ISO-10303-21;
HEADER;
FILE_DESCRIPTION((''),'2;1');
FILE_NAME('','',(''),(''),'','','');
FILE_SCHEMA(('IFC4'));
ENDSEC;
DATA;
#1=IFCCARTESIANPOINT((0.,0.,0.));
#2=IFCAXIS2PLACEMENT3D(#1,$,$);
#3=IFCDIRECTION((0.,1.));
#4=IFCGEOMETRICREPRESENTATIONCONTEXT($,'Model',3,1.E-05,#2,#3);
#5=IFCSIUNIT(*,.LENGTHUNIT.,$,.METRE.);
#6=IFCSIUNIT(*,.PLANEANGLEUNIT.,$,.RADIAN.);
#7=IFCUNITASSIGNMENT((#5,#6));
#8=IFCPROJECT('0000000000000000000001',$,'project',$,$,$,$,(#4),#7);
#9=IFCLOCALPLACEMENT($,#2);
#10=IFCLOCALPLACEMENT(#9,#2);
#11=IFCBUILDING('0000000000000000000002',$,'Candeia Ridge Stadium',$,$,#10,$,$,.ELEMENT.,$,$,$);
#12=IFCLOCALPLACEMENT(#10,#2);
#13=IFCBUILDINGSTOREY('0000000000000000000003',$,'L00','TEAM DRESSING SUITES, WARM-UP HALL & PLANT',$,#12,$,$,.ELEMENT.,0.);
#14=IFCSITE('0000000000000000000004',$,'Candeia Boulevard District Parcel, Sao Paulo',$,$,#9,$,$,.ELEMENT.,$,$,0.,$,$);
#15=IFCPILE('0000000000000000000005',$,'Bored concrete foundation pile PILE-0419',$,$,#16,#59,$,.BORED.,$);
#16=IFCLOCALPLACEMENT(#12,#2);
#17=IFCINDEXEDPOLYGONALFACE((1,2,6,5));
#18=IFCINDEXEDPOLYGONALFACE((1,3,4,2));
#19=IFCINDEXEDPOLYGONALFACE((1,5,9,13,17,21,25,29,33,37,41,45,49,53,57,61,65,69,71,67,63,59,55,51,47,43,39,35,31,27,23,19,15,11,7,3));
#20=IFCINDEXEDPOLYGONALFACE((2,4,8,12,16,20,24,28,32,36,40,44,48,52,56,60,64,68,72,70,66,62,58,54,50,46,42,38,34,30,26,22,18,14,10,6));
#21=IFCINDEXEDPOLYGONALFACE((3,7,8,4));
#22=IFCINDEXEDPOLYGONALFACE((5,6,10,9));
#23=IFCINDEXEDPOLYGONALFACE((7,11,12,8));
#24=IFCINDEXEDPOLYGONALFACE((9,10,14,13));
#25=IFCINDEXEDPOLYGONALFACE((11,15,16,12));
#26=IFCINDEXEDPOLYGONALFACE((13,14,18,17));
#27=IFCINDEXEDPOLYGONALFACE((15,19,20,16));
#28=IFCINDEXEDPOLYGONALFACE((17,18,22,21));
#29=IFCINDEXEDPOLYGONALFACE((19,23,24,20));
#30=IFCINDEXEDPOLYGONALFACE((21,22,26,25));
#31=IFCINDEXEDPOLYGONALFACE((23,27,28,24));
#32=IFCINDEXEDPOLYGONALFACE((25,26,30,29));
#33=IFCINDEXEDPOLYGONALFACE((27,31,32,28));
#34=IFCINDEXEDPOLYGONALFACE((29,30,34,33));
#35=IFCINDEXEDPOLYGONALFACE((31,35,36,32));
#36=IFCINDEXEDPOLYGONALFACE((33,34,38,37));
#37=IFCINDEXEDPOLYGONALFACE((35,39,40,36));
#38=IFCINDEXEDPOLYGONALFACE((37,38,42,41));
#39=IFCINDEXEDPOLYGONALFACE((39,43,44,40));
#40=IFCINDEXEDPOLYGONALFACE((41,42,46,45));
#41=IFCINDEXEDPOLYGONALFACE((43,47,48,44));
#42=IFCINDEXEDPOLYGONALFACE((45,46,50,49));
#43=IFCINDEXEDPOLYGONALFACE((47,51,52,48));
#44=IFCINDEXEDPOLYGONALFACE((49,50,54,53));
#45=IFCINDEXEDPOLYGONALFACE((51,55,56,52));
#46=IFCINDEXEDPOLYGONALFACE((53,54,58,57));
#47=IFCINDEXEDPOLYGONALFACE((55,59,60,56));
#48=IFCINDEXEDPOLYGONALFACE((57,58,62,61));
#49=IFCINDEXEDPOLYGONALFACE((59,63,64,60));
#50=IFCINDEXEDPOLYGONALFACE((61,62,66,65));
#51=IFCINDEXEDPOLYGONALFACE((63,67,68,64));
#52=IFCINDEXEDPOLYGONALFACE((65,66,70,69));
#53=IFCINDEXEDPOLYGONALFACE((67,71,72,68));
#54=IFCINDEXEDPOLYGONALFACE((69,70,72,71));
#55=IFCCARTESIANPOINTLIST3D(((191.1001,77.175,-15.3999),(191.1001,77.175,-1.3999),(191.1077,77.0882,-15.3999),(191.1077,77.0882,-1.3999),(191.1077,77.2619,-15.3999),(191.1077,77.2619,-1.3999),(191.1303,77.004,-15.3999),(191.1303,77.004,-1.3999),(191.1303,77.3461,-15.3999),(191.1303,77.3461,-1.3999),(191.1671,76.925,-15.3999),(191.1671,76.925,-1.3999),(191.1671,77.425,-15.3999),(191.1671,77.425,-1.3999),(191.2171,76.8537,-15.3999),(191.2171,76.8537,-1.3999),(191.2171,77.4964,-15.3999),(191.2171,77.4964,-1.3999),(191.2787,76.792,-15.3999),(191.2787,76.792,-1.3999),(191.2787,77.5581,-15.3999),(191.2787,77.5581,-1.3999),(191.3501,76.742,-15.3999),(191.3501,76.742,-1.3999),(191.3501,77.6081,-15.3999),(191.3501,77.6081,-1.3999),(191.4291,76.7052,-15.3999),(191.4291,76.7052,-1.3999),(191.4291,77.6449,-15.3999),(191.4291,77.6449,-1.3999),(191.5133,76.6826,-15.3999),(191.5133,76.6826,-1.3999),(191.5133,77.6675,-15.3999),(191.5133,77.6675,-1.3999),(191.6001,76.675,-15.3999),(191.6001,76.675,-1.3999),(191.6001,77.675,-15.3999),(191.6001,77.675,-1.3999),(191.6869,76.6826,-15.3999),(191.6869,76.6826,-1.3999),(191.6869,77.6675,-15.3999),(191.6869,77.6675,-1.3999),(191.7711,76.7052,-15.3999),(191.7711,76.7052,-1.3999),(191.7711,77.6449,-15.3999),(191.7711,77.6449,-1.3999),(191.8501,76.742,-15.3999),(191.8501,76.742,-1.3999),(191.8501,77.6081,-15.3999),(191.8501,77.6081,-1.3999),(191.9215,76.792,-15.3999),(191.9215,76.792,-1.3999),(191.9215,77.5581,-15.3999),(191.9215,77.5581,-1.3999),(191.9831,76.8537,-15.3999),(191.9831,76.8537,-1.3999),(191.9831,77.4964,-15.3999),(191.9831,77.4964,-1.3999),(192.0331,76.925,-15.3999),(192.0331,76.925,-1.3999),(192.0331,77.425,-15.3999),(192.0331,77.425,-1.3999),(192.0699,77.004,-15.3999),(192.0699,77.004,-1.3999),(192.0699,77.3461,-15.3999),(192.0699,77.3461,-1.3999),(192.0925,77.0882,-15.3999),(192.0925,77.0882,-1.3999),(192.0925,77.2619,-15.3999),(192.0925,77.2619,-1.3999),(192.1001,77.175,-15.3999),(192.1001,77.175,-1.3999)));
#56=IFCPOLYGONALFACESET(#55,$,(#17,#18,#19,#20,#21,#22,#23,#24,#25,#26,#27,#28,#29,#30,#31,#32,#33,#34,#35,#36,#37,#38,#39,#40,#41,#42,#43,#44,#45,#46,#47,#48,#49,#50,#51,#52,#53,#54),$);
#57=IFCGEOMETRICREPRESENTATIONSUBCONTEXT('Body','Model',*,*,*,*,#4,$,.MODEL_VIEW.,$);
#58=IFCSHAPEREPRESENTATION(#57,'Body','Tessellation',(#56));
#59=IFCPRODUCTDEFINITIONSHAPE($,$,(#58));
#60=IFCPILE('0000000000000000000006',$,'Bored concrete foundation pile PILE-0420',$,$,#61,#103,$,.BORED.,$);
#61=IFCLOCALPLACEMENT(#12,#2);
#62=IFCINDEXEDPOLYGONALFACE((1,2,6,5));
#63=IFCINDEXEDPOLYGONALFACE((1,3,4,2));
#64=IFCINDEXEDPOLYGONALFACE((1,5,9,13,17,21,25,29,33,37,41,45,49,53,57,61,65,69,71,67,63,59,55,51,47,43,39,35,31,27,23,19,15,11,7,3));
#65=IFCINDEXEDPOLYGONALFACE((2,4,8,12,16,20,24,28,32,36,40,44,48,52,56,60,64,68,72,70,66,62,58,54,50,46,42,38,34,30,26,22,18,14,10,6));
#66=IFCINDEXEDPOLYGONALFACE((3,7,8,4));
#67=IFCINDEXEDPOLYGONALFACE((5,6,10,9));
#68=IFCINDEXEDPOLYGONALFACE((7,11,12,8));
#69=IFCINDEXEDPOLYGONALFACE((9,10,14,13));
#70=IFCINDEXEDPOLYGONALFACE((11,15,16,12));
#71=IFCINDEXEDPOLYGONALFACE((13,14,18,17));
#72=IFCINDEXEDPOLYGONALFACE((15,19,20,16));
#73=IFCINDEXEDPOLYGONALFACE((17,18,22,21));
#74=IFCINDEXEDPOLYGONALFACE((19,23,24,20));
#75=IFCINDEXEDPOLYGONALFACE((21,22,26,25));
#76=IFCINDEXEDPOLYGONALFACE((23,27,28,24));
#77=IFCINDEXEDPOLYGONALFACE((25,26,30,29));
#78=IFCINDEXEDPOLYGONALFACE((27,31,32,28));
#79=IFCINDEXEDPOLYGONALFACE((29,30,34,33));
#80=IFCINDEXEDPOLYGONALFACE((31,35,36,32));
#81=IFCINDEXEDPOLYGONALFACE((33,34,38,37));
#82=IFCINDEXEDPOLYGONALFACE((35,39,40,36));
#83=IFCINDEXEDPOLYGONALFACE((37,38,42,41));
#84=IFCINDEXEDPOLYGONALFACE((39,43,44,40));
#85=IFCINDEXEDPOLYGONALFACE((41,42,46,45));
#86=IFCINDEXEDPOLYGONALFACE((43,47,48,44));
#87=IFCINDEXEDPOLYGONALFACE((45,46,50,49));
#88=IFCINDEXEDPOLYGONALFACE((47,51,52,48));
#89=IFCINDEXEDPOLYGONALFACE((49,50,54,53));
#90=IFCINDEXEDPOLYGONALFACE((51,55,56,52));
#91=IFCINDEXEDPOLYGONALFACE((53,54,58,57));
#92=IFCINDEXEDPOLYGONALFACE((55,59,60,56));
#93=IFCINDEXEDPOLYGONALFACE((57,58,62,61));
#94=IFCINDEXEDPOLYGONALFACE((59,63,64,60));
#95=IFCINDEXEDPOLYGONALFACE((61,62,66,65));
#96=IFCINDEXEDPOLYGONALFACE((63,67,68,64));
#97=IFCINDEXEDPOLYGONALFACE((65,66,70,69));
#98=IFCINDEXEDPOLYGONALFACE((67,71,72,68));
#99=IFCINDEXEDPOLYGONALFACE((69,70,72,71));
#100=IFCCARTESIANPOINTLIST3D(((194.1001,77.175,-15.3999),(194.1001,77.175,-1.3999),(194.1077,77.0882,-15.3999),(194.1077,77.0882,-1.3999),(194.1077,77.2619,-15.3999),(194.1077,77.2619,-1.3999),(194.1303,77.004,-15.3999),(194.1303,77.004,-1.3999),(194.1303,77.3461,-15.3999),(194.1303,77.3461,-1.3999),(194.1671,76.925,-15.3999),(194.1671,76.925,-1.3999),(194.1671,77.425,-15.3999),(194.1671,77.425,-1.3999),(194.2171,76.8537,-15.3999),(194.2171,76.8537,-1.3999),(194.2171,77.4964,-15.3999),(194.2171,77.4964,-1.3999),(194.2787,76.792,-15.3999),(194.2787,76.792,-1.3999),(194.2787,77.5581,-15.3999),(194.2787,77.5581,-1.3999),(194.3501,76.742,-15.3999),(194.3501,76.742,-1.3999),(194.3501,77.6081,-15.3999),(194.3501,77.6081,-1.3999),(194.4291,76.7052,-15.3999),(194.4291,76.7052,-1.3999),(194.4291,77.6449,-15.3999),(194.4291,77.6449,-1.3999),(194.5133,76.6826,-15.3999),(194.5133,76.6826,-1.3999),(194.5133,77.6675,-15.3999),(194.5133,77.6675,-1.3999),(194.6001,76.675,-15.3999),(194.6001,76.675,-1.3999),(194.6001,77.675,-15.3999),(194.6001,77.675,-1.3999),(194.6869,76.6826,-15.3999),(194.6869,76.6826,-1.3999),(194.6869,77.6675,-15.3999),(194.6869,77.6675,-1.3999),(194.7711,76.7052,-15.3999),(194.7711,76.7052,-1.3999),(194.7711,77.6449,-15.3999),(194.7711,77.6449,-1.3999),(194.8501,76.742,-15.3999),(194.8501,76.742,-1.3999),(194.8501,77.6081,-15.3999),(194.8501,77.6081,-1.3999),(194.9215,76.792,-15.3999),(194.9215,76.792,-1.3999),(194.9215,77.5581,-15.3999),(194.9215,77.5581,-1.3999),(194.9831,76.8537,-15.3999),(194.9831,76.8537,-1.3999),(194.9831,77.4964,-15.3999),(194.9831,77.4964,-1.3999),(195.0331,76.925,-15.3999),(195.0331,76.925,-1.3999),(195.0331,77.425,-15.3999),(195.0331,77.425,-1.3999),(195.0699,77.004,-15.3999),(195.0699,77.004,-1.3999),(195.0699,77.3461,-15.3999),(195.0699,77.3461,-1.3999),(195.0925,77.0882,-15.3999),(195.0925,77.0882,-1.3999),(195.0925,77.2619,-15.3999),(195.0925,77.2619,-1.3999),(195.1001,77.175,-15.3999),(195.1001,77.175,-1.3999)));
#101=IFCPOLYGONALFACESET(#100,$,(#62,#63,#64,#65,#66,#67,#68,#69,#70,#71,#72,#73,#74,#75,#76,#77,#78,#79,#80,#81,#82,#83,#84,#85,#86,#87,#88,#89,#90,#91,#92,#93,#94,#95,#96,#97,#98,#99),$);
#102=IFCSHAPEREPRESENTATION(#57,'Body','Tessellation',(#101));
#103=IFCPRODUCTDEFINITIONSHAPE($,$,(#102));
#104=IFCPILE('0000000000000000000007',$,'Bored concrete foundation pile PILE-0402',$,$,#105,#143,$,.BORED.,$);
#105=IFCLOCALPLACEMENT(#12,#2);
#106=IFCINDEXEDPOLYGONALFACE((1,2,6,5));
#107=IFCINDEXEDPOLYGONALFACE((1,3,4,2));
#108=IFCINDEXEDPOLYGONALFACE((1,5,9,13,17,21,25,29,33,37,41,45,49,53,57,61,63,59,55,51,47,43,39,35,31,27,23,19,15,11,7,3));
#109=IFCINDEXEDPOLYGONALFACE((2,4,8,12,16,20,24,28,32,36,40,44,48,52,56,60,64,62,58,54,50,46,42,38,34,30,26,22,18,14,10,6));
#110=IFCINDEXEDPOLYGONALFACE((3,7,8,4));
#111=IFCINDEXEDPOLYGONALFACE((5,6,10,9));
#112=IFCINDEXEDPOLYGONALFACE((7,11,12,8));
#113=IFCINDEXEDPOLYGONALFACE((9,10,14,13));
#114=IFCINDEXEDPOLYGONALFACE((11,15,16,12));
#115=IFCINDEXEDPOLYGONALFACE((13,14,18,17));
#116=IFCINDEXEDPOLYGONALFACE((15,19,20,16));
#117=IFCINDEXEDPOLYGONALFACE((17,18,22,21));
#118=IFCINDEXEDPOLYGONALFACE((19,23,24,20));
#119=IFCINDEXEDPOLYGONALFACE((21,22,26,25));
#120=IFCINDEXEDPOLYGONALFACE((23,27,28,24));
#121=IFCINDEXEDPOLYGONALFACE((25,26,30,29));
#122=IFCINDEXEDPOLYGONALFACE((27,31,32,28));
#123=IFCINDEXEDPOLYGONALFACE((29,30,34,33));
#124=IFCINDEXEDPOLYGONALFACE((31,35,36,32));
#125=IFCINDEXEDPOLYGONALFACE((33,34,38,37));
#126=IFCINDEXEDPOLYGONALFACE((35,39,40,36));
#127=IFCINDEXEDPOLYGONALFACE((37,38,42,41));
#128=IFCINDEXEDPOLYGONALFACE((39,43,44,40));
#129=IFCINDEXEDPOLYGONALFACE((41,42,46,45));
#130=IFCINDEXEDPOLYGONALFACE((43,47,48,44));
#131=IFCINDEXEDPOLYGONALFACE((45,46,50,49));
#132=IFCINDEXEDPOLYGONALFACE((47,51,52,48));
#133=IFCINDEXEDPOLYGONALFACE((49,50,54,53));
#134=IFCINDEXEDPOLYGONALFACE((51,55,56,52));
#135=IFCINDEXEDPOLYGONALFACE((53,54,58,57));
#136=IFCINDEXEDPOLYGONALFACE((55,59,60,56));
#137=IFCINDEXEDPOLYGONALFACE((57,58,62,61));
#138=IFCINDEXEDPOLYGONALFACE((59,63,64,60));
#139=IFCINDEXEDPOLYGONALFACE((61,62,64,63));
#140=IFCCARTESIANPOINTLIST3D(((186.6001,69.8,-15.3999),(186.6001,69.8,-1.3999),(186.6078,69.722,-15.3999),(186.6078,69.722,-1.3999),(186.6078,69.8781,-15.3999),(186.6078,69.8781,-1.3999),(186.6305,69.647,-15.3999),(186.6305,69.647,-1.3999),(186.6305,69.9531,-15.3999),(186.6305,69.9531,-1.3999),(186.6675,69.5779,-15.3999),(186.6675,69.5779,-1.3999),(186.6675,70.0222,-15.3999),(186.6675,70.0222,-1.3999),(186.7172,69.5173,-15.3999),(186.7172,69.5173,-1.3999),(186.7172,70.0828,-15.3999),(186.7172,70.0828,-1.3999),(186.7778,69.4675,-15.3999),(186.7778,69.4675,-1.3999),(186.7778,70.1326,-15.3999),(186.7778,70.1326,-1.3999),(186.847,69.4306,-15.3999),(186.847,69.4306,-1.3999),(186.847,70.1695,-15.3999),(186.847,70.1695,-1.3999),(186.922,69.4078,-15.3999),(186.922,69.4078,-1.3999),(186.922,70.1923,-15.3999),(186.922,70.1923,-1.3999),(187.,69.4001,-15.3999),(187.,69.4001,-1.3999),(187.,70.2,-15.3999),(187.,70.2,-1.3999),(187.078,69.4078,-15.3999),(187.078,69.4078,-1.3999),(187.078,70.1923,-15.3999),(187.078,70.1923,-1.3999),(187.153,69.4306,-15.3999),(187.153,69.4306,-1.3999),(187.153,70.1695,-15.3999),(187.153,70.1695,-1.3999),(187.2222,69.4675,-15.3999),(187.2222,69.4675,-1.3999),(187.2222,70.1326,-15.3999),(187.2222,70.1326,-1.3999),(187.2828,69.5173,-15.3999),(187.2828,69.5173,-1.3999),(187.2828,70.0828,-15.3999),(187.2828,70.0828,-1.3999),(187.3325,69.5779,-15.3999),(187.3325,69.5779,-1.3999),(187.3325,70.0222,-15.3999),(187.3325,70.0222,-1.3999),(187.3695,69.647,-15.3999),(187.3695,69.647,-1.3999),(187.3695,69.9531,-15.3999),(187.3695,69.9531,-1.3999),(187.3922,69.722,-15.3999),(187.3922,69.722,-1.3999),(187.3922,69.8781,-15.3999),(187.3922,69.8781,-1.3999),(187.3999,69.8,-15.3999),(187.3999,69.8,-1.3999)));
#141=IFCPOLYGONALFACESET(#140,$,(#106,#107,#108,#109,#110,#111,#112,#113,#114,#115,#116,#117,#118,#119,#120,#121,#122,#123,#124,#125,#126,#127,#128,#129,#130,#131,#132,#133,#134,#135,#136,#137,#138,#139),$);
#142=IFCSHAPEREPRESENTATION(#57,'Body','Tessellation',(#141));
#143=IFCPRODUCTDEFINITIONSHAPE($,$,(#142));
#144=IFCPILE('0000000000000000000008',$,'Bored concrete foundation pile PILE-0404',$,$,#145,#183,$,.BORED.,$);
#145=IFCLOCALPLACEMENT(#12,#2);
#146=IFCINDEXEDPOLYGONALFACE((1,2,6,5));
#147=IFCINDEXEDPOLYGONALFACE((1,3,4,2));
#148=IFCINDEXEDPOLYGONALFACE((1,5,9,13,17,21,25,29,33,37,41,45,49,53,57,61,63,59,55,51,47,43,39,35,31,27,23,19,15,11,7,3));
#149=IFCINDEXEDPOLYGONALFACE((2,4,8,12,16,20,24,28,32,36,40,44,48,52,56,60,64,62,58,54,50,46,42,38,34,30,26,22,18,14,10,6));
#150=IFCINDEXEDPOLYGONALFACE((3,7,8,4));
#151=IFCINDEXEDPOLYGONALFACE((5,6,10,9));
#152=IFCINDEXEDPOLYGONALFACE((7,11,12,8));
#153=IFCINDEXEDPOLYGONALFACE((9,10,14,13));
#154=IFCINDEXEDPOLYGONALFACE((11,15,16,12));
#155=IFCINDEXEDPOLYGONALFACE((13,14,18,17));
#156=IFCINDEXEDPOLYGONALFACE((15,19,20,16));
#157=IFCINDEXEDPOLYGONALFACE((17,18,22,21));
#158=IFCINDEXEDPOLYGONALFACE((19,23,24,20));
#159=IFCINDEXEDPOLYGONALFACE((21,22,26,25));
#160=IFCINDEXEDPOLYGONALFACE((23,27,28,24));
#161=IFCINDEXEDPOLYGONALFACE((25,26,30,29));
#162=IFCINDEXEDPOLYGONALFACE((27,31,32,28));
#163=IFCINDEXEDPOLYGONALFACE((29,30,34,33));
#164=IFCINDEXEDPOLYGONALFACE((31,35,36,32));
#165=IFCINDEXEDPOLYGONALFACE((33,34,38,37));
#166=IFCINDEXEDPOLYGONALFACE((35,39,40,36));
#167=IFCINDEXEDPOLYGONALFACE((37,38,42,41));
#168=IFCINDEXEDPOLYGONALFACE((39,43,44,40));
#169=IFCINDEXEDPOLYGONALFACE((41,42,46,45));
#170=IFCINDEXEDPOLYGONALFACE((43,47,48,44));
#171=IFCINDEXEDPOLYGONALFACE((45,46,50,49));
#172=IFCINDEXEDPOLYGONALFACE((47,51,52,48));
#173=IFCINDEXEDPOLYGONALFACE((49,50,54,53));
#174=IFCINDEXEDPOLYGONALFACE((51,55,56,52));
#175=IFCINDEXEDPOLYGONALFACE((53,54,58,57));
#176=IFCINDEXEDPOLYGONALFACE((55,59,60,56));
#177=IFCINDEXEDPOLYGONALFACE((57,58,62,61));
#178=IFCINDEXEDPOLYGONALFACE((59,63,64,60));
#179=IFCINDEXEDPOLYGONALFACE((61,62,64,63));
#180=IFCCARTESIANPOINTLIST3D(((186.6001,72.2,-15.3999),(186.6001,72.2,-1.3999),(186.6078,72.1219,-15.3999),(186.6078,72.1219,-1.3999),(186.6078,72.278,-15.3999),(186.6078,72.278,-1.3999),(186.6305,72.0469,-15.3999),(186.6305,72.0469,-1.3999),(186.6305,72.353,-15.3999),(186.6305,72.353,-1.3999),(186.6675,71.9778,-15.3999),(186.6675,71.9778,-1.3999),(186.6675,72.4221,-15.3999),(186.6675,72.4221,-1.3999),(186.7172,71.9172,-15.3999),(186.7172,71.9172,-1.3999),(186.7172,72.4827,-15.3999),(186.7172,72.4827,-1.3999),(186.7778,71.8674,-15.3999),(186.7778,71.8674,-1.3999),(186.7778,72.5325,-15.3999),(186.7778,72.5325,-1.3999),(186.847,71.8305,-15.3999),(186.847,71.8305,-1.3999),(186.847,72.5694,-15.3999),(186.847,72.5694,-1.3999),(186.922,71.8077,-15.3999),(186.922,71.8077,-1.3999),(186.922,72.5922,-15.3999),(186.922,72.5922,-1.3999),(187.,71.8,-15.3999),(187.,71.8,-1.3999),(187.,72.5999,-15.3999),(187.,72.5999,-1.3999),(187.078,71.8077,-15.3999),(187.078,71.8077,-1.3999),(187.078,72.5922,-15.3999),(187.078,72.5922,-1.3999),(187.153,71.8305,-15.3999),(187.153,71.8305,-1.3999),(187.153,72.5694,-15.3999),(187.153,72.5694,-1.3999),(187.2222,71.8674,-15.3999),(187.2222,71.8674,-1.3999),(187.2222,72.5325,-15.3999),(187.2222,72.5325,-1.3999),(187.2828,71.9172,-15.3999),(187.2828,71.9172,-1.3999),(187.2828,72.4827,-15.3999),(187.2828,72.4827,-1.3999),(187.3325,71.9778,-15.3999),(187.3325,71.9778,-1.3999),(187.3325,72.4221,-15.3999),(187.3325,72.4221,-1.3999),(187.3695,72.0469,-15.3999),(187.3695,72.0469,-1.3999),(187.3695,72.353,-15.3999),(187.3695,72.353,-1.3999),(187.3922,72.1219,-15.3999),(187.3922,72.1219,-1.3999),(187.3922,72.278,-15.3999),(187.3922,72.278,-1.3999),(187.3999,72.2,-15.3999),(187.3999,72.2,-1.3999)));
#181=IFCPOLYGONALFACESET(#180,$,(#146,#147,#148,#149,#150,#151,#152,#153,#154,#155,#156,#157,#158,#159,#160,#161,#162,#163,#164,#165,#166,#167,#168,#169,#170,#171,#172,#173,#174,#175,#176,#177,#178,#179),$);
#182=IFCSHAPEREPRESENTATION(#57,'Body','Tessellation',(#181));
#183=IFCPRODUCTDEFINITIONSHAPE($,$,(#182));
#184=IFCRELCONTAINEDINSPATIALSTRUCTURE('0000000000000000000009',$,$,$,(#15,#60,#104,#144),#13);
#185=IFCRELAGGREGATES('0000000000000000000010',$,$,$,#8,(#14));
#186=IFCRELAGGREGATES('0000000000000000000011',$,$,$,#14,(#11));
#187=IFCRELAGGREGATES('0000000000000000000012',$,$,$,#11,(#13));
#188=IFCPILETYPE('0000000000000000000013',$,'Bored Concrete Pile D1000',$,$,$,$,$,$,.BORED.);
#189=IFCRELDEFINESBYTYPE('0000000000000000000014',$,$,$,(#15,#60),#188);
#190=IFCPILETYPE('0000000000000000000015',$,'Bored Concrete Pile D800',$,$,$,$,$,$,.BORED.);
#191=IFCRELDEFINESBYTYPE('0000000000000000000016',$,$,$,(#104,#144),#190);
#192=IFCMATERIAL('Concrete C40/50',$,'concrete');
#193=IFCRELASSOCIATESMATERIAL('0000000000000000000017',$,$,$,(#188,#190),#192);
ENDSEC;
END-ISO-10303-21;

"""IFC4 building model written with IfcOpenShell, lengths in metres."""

from ifc_helpers import new_model, si_unit, direction, frame, origin, origin_2d, place, context, subcontext, project, spatial, circle, extrude, material, material_profile, profile_set, type_object, element, save


model = new_model("IFC4")

# Units and contexts
model_context = context("Model", 3, precision=1e-05, world=origin(), true_north=direction((0.0, 1.0)))
body_context = subcontext(model_context, "Body", "Model", "MODEL_VIEW")
ifc_project = project(units=[si_unit("LENGTHUNIT", "METRE"), si_unit("PLANEANGLEUNIT", "RADIAN")], contexts=[model_context])

# Site, building, storey
site_placement = place(None, origin())
site = spatial("IfcSite", under=ifc_project, at=site_placement, Name="Candeia Boulevard District Parcel, Sao Paulo", CompositionType="ELEMENT", RefElevation=0.0)
building_placement = place(site_placement, origin())
building = spatial("IfcBuilding", under=site, at=building_placement, Name="Candeia Ridge Stadium", CompositionType="ELEMENT")
storey_placement = place(building_placement, origin())
storey = spatial("IfcBuildingStorey", under=building, at=storey_placement, Name="L00", Description="TEAM DRESSING SUITES, WARM-UP HALL & PLANT", CompositionType="ELEMENT", Elevation=0.0)

# Piles
ifc_material_1 = material(Name="Concrete C40/50", Category="concrete")
ifc_material_profile_1 = material_profile(ifc_material_1, circle(Radius=0.5, at=origin_2d()), Name="PILE-D1000", Category="concrete")
ifc_profile_set_1 = profile_set([ifc_material_profile_1], Name="Concrete C40/50")
pile_type_1 = type_object("IfcPileType", Name="Bored Concrete Pile D1000", PredefinedType="BORED", material=ifc_profile_set_1)
for number, where, z_axis, x_axis, name in (
    (1, (191.6001, 77.175, -1.3999), (0.0, 0.0, -1.0), (1.0, 0.0, 0.0), "Bored concrete foundation pile PILE-0419"),
    (2, (194.6001, 77.175, -1.3999), (0.0, 0.0, -1.0), (1.0, 0.0, 0.0), "Bored concrete foundation pile PILE-0420"),
):
    element("IfcPile", number, at=place(storey_placement, frame(where, z_axis=z_axis, x_axis=x_axis)), inside=storey, type_object=pile_type_1, Name=name, PredefinedType="BORED", context=body_context, shape_type="SweptSolid", body=[
        extrude(circle(Radius=0.5, at=origin_2d()), origin(), (0.0, 0.0, 1.0), 14.0),
    ])
ifc_material_profile_2 = material_profile(ifc_material_1, circle(Radius=0.3999, at=origin_2d()), Name="PILE-D800", Category="concrete")
ifc_profile_set_2 = profile_set([ifc_material_profile_2], Name="Concrete C40/50")
pile_type_2 = type_object("IfcPileType", Name="Bored Concrete Pile D800", PredefinedType="BORED", material=ifc_profile_set_2)
for number, where, z_axis, x_axis, name in (
    (3, (187.0, 69.8, -1.3999), (0.0, 0.0, -1.0), (1.0, 0.0, 0.0), "Bored concrete foundation pile PILE-0402"),
    (4, (187.0, 72.2, -1.3999), (0.0, 0.0, -1.0), (1.0, 0.0, 0.0), "Bored concrete foundation pile PILE-0404"),
):
    element("IfcPile", number, at=place(storey_placement, frame(where, z_axis=z_axis, x_axis=x_axis)), inside=storey, type_object=pile_type_2, Name=name, PredefinedType="BORED", context=body_context, shape_type="SweptSolid", body=[
        extrude(circle(Radius=0.3999, at=origin_2d()), origin(), (0.0, 0.0, 1.0), 14.0),
    ])

save(model, "model.ifc")
